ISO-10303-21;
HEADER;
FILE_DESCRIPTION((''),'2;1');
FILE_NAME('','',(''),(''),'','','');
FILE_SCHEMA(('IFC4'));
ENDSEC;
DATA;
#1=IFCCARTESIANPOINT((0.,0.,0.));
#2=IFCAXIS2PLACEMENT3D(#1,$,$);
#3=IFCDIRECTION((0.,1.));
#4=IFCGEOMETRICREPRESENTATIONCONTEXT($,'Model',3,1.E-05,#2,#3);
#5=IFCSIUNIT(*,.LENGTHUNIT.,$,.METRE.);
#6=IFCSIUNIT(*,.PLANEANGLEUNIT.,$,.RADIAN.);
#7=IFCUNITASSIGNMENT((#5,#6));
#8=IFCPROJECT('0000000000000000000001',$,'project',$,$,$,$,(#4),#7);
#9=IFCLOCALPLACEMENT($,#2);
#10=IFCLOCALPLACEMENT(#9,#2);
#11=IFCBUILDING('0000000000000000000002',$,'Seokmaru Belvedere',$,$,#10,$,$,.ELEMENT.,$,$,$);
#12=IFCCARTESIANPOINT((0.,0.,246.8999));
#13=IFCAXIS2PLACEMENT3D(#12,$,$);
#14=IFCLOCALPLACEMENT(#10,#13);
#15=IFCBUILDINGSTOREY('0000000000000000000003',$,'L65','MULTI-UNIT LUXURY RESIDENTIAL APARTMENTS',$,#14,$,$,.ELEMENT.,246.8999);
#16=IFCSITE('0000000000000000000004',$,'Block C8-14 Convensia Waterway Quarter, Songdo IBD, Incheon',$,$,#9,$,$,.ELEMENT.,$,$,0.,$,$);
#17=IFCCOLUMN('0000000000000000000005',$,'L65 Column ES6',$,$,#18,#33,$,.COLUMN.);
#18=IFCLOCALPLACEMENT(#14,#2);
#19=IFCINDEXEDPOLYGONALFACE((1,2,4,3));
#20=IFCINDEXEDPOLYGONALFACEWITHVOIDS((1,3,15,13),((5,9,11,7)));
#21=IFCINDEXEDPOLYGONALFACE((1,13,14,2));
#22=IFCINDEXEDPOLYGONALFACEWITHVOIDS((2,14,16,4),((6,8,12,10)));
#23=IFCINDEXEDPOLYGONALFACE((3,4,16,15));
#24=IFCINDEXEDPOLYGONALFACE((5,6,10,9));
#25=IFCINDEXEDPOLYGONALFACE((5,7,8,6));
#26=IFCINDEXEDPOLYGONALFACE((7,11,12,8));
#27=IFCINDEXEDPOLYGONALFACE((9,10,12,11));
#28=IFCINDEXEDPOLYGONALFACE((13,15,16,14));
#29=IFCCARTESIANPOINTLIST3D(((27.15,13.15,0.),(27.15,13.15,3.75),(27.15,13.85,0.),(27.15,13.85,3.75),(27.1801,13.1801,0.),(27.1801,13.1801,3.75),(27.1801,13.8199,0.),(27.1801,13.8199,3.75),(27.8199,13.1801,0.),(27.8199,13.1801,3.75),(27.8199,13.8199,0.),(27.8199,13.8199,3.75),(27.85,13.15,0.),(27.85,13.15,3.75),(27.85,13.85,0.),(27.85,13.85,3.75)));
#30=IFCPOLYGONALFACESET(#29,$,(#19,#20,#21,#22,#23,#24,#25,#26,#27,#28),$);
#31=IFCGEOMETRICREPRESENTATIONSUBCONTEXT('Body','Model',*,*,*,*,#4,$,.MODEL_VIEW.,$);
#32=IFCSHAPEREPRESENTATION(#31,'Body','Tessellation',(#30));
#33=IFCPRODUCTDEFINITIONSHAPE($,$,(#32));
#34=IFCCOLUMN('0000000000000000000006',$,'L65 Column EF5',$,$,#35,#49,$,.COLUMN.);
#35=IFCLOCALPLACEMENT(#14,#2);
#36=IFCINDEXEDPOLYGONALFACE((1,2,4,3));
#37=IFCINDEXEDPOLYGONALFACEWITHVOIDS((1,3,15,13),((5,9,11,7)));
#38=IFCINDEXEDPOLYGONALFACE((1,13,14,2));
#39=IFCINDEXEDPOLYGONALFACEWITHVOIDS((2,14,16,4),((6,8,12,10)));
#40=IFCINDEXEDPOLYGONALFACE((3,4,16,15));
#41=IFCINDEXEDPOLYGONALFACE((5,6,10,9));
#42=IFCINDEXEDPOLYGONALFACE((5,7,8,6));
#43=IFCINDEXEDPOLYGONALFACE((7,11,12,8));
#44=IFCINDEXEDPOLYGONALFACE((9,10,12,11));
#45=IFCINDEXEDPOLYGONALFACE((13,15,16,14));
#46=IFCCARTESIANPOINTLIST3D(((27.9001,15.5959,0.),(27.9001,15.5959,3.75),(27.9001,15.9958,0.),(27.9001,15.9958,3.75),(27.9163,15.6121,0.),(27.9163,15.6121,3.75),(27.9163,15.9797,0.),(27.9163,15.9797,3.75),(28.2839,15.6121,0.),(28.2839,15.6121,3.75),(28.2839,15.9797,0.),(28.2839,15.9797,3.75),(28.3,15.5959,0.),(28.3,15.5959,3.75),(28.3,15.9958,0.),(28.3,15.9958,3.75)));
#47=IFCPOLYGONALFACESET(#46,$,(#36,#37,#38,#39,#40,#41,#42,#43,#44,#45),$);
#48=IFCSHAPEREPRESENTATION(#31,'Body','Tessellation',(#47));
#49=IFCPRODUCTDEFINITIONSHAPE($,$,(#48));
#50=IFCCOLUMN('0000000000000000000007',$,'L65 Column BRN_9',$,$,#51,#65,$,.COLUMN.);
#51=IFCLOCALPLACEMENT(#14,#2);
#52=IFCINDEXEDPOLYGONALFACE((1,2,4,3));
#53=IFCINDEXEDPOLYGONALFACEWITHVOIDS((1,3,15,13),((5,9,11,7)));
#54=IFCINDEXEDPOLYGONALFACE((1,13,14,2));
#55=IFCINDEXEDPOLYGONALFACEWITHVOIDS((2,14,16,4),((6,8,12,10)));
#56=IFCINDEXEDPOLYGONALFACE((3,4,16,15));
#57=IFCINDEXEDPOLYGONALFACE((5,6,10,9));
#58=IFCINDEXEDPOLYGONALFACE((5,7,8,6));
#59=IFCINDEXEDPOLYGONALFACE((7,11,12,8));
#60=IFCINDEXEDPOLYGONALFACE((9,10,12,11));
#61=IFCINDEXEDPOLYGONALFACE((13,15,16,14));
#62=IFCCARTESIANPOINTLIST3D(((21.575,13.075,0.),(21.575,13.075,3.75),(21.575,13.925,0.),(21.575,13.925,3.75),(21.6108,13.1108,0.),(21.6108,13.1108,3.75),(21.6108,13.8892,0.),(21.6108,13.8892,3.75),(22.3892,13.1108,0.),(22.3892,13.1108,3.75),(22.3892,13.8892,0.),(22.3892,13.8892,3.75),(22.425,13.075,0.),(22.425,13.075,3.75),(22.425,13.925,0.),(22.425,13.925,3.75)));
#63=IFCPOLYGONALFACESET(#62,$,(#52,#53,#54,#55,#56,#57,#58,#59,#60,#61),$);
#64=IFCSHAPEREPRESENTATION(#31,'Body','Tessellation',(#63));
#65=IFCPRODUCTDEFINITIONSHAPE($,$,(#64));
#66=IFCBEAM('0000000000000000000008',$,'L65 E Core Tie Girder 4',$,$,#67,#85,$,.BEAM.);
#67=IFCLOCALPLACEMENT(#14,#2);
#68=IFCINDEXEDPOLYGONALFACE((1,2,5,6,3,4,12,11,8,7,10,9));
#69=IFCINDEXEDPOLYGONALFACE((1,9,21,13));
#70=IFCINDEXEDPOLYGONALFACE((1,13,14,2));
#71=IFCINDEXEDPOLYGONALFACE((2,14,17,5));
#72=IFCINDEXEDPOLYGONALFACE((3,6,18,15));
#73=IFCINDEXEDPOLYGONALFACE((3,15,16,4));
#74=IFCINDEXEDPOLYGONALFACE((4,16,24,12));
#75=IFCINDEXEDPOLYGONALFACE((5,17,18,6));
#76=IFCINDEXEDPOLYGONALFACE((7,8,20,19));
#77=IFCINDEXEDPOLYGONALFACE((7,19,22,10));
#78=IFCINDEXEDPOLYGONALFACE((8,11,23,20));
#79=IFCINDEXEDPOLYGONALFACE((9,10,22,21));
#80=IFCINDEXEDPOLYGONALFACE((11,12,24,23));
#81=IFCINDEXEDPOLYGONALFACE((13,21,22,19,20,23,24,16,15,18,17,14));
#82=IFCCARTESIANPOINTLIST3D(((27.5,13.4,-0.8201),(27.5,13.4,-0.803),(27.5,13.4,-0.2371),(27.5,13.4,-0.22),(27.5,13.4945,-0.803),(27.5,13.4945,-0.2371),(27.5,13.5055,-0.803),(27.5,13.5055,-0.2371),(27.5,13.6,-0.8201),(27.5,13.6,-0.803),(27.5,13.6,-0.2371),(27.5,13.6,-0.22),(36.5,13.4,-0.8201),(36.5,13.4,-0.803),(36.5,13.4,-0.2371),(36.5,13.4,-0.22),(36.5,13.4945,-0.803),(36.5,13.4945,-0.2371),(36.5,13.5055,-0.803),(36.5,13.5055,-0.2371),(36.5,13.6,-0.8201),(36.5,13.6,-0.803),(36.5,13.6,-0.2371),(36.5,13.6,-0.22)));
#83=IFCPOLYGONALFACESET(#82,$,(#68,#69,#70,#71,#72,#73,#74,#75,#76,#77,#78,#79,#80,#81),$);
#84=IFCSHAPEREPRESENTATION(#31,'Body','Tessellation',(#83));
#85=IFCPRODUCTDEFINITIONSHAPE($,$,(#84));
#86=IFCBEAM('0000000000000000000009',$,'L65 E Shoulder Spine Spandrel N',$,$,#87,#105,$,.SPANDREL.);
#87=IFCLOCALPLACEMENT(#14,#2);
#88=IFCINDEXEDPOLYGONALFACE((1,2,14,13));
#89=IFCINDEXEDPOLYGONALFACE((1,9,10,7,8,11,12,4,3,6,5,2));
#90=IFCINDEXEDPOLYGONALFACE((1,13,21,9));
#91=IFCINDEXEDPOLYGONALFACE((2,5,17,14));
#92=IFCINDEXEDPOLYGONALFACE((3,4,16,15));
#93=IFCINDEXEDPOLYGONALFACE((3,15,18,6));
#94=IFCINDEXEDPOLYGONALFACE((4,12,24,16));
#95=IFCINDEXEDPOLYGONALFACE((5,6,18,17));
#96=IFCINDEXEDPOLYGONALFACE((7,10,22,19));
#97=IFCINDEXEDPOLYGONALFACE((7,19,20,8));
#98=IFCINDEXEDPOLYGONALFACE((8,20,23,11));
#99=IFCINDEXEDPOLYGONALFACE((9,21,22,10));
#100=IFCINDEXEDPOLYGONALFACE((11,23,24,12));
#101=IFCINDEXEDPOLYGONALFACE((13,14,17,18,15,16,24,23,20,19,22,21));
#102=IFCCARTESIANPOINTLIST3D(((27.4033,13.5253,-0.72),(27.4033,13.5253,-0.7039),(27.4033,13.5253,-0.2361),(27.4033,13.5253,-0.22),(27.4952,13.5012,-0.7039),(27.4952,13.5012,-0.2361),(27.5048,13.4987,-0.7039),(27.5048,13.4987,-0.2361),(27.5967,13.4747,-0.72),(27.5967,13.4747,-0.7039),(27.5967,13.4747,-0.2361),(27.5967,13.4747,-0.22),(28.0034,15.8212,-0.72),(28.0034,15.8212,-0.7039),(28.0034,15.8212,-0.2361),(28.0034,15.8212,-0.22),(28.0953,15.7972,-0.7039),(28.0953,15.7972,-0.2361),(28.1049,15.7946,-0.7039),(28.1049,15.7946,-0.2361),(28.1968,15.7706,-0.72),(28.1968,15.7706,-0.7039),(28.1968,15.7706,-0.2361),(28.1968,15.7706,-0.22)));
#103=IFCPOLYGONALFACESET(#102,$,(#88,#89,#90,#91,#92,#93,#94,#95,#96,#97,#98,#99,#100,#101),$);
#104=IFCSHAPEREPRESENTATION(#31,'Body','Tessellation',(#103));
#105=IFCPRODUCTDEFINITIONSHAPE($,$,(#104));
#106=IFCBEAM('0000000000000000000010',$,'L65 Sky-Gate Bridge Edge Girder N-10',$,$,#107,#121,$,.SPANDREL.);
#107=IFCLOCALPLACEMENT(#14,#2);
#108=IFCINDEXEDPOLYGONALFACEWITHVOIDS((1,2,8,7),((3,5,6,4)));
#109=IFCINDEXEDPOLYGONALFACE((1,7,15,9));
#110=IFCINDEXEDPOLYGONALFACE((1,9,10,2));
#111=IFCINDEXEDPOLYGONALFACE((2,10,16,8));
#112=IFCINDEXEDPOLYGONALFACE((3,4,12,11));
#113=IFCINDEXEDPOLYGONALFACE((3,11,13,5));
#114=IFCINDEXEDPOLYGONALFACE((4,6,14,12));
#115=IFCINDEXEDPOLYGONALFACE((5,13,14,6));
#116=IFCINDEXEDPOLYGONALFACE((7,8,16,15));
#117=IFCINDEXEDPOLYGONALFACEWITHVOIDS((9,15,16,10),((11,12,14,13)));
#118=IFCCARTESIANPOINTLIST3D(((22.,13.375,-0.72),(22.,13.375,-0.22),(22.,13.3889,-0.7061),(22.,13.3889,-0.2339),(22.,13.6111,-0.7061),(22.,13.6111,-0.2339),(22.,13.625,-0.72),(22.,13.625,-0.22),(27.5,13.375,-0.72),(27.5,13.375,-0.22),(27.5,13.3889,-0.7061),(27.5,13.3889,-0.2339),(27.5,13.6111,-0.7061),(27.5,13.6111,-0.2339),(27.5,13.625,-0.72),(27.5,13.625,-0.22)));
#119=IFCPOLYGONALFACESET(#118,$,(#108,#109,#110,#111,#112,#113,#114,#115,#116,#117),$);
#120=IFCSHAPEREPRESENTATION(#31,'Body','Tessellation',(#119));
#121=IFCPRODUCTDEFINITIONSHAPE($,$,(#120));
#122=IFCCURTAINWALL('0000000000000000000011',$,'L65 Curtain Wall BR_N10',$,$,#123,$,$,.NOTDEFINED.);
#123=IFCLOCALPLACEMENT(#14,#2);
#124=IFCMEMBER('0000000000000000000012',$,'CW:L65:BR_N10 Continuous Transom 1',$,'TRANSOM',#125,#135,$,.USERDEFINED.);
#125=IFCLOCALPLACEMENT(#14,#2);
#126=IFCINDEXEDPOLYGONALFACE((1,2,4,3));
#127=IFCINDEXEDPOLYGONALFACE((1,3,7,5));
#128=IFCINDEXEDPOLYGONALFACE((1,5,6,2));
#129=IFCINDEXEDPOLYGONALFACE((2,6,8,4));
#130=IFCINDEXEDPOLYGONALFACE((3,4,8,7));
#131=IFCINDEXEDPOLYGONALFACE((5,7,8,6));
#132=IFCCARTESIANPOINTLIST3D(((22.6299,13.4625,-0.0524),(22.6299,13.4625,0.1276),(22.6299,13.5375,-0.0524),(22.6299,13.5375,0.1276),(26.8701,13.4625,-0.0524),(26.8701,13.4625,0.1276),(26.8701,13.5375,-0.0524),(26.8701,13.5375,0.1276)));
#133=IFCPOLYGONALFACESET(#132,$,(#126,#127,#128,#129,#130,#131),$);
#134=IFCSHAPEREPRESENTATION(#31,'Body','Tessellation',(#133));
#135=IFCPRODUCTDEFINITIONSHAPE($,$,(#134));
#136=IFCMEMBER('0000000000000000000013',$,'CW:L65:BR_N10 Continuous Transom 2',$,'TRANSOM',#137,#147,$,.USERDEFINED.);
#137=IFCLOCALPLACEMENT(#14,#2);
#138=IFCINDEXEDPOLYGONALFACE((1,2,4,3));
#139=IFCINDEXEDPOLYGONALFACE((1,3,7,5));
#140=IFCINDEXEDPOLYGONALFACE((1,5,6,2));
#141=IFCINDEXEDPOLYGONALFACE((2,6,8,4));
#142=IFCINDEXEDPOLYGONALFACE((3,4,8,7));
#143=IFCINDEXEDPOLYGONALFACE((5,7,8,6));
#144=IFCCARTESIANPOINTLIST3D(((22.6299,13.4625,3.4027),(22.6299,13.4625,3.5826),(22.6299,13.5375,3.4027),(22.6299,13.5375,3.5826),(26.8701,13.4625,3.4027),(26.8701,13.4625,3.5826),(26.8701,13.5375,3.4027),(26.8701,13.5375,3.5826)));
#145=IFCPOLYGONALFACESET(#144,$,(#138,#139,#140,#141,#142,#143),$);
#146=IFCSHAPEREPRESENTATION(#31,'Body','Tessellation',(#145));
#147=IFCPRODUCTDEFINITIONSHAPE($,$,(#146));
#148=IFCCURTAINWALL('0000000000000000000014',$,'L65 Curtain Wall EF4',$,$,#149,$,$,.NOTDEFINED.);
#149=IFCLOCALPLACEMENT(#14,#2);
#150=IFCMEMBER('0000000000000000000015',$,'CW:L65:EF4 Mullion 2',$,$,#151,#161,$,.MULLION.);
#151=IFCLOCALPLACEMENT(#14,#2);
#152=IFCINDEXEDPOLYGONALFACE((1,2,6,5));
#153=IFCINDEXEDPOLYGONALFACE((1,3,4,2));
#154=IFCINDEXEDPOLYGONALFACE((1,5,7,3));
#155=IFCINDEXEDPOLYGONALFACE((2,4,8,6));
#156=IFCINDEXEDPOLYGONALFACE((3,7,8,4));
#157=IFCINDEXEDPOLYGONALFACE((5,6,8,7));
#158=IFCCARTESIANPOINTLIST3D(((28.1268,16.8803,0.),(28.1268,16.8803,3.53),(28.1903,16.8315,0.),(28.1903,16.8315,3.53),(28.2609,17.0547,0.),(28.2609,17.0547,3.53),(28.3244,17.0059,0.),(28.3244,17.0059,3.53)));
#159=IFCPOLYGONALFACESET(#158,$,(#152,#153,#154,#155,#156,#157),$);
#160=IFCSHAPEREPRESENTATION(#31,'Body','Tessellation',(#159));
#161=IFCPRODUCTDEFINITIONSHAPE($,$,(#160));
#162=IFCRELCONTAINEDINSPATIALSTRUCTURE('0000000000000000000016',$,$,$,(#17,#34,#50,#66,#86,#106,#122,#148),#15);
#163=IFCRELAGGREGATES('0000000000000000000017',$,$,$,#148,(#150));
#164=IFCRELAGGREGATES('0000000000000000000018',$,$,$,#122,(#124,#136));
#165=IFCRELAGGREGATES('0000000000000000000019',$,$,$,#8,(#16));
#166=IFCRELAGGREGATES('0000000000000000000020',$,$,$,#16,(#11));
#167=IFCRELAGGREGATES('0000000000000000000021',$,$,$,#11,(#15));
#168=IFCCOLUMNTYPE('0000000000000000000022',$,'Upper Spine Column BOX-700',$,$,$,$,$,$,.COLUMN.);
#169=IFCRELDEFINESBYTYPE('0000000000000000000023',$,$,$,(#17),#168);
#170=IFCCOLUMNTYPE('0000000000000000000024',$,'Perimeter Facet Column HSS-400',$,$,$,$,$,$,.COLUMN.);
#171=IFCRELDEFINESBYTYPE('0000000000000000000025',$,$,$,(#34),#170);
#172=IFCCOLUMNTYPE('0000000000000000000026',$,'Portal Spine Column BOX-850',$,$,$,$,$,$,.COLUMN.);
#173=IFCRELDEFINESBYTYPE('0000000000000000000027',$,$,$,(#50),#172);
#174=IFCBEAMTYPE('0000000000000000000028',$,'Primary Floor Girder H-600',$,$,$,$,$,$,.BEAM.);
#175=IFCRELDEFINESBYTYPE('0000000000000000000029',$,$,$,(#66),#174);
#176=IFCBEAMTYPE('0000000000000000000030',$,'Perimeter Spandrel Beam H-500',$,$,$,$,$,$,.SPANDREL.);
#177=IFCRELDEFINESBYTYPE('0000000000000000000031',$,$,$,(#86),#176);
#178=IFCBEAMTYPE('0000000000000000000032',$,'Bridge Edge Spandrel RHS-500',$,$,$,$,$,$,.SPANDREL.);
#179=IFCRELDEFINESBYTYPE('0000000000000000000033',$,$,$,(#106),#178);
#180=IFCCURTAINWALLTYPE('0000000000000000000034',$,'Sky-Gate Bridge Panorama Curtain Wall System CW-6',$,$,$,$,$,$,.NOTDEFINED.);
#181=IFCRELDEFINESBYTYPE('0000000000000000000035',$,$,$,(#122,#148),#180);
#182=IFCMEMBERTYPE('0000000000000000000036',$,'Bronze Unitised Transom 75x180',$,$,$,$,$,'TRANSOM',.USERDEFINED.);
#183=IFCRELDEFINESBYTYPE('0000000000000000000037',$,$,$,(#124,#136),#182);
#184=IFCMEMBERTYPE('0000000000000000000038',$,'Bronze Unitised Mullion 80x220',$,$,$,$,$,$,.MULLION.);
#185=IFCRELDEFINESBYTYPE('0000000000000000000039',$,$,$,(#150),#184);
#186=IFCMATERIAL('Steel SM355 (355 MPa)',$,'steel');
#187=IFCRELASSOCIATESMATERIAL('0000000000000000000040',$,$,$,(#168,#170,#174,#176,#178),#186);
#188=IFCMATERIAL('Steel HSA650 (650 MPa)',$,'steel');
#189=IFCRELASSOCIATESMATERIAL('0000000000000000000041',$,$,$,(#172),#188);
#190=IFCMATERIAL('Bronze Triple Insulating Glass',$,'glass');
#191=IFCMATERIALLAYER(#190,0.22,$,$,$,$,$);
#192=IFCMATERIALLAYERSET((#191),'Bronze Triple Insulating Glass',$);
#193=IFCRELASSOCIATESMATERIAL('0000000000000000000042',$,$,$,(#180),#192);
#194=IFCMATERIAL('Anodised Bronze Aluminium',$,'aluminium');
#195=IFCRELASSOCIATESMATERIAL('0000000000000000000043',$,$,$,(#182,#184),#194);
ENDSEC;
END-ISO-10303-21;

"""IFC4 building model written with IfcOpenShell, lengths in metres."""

from ifc_helpers import new_model, si_unit, direction, frame, origin, origin_2d, place, context, subcontext, project, spatial, rectangle, hollow_rectangle, i_section, extrude, source, transform, mapped, material, layer, layer_set, material_profile, profile_set, type_object, type_shapes, element, aggregate, save


model = new_model("IFC4")

# Units and contexts
model_context = context("Model", 3, precision=1e-05, world=origin(), true_north=direction((0.0, 1.0)))
body_context = subcontext(model_context, "Body", "Model", "MODEL_VIEW")
ifc_project = project(units=[si_unit("LENGTHUNIT", "METRE"), si_unit("PLANEANGLEUNIT", "RADIAN")], contexts=[model_context])

# Site, building, storey
site_placement = place(None, origin())
site = spatial("IfcSite", under=ifc_project, at=site_placement, Name="Block C8-14 Convensia Waterway Quarter, Songdo IBD, Incheon", CompositionType="ELEMENT", RefElevation=0.0)
building_placement = place(site_placement, origin())
building = spatial("IfcBuilding", under=site, at=building_placement, Name="Seokmaru Belvedere", CompositionType="ELEMENT")
storey_placement = place(building_placement, frame((0.0, 0.0, 246.8999)))
storey = spatial("IfcBuildingStorey", under=building, at=storey_placement, Name="L65", Description="MULTI-UNIT LUXURY RESIDENTIAL APARTMENTS", CompositionType="ELEMENT", Elevation=246.8999)

# Columns
ifc_material_1 = material(Name="Steel SM355 (355 MPa)", Category="steel")
ifc_material_profile_1 = material_profile(ifc_material_1, hollow_rectangle(XDim=0.7, YDim=0.7, WallThickness=0.03, at=origin_2d()), Name="BOX-700x700x30")
ifc_profile_set_1 = profile_set([ifc_material_profile_1], Name="Steel SM355 (355 MPa)")
column_type_1 = type_object("IfcColumnType", Name="Upper Spine Column BOX-700", PredefinedType="COLUMN", material=ifc_profile_set_1)
shared_shape_1 = source(origin(), body_context, "Body", "SweptSolid", [
    extrude(hollow_rectangle(XDim=0.7, YDim=0.7, WallThickness=0.03, at=origin_2d()), origin(), (0.0, 0.0, 1.0), 3.75),
])
type_shapes(column_type_1, [shared_shape_1])
column_1_placement = place(storey_placement, frame((27.5, 13.5, 0.0), z_axis=(0.0, 0.0, 1.0), x_axis=(1.0, 0.0, 0.0)))
element("IfcColumn", 1, at=column_1_placement, inside=storey, type_object=column_type_1, Name="L65 Column ES6", PredefinedType="COLUMN", context=body_context, shape_type="MappedRepresentation", body=[
    mapped(shared_shape_1, transform((0.0, 0.0, 0.0), scale=1.0)),
])
ifc_material_profile_2 = material_profile(ifc_material_1, hollow_rectangle(XDim=0.3999, YDim=0.3999, WallThickness=0.0161, at=origin_2d()), Name="HSS-400x400x16")
ifc_profile_set_2 = profile_set([ifc_material_profile_2], Name="Steel SM355 (355 MPa)")
column_type_2 = type_object("IfcColumnType", Name="Perimeter Facet Column HSS-400", PredefinedType="COLUMN", material=ifc_profile_set_2)
shared_shape_2 = source(origin(), body_context, "Body", "SweptSolid", [
    extrude(hollow_rectangle(XDim=0.3999, YDim=0.3999, WallThickness=0.0161, at=origin_2d()), origin(), (0.0, 0.0, 1.0), 3.75),
])
type_shapes(column_type_2, [shared_shape_2])
column_2_placement = place(storey_placement, frame((28.1001, 15.7959, 0.0), z_axis=(0.0, 0.0, 1.0), x_axis=(1.0, 0.0, 0.0)))
element("IfcColumn", 2, at=column_2_placement, inside=storey, type_object=column_type_2, Name="L65 Column EF5", PredefinedType="COLUMN", context=body_context, shape_type="MappedRepresentation", body=[
    mapped(shared_shape_2, transform((0.0, 0.0, 0.0), scale=1.0)),
])
ifc_material_2 = material(Name="Steel HSA650 (650 MPa)", Category="steel")
ifc_material_profile_3 = material_profile(ifc_material_2, hollow_rectangle(XDim=0.8501, YDim=0.8501, WallThickness=0.0359, at=origin_2d()), Name="BOX-850x850x36")
ifc_profile_set_3 = profile_set([ifc_material_profile_3], Name="Steel HSA650 (650 MPa)")
column_type_3 = type_object("IfcColumnType", Name="Portal Spine Column BOX-850", PredefinedType="COLUMN", material=ifc_profile_set_3)
shared_shape_3 = source(origin(), body_context, "Body", "SweptSolid", [
    extrude(hollow_rectangle(XDim=0.8501, YDim=0.8501, WallThickness=0.0359, at=origin_2d()), origin(), (0.0, 0.0, 1.0), 3.75),
])
type_shapes(column_type_3, [shared_shape_3])
column_3_placement = place(storey_placement, frame((22.0, 13.5, 0.0), z_axis=(0.0, 0.0, 1.0), x_axis=(1.0, 0.0, 0.0)))
element("IfcColumn", 3, at=column_3_placement, inside=storey, type_object=column_type_3, Name="L65 Column BRN_9", PredefinedType="COLUMN", context=body_context, shape_type="MappedRepresentation", body=[
    mapped(shared_shape_3, transform((0.0, 0.0, 0.0), scale=1.0)),
])

# Beams
ifc_material_profile_4 = material_profile(ifc_material_1, i_section(OverallWidth=0.2, OverallDepth=0.6001, WebThickness=0.011, FlangeThickness=0.0171, at=origin_2d()), Name="H-600x200x11x17")
ifc_profile_set_4 = profile_set([ifc_material_profile_4], Name="Steel SM355 (355 MPa)")
beam_type_1 = type_object("IfcBeamType", Name="Primary Floor Girder H-600", PredefinedType="BEAM", material=ifc_profile_set_4)
shared_shape_4 = source(origin(), body_context, "Body", "SweptSolid", [
    extrude(i_section(OverallWidth=0.2, OverallDepth=0.6001, WebThickness=0.011, FlangeThickness=0.0171, at=origin_2d()), origin(), (0.0, 0.0, 1.0), 9.0),
])
type_shapes(beam_type_1, [shared_shape_4])
beam_1_placement = place(storey_placement, frame((27.5, 13.5, -0.52), z_axis=(1.0, 0.0, 0.0), x_axis=(0.0, 1.0, 0.0)))
element("IfcBeam", 4, at=beam_1_placement, inside=storey, type_object=beam_type_1, Name="L65 E Core Tie Girder 4", PredefinedType="BEAM", context=body_context, shape_type="MappedRepresentation", body=[
    mapped(shared_shape_4, transform((0.0, 0.0, 0.0), scale=1.0)),
])
ifc_material_profile_5 = material_profile(ifc_material_1, i_section(OverallWidth=0.2, OverallDepth=0.5, WebThickness=0.01, FlangeThickness=0.0161, at=origin_2d()), Name="H-500x200x10x16")
ifc_profile_set_5 = profile_set([ifc_material_profile_5], Name="Steel SM355 (355 MPa)")
beam_type_2 = type_object("IfcBeamType", Name="Perimeter Spandrel Beam H-500", PredefinedType="SPANDREL", material=ifc_profile_set_5)
shared_shape_5 = source(origin(), body_context, "Body", "SweptSolid", [
    extrude(i_section(OverallWidth=0.2, OverallDepth=0.5, WebThickness=0.01, FlangeThickness=0.0161, at=origin_2d()), origin(), (0.0, 0.0, 1.0), 2.373),
])
type_shapes(beam_type_2, [shared_shape_5])
beam_2_placement = place(storey_placement, frame((28.1001, 15.7959, -0.47), z_axis=(-0.252883, -0.967497, 0.0), x_axis=(0.967497, -0.252883, 0.0)))
element("IfcBeam", 5, at=beam_2_placement, inside=storey, type_object=beam_type_2, Name="L65 E Shoulder Spine Spandrel N", PredefinedType="SPANDREL", context=body_context, shape_type="MappedRepresentation", body=[
    mapped(shared_shape_5, transform((0.0, 0.0, 0.0), scale=1.0)),
])
ifc_material_profile_6 = material_profile(ifc_material_1, hollow_rectangle(XDim=0.25, YDim=0.5, WallThickness=0.0139, at=origin_2d()), Name="RHS-500x250x14")
ifc_profile_set_6 = profile_set([ifc_material_profile_6], Name="Steel SM355 (355 MPa)")
beam_type_3 = type_object("IfcBeamType", Name="Bridge Edge Spandrel RHS-500", PredefinedType="SPANDREL", material=ifc_profile_set_6)
shared_shape_6 = source(origin(), body_context, "Body", "SweptSolid", [
    extrude(hollow_rectangle(XDim=0.25, YDim=0.5, WallThickness=0.0139, at=origin_2d()), origin(), (0.0, 0.0, 1.0), 5.5),
])
type_shapes(beam_type_3, [shared_shape_6])
beam_3_placement = place(storey_placement, frame((22.0, 13.5, -0.47), z_axis=(1.0, 0.0, 0.0), x_axis=(0.0, 1.0, 0.0)))
element("IfcBeam", 6, at=beam_3_placement, inside=storey, type_object=beam_type_3, Name="L65 Sky-Gate Bridge Edge Girder N-10", PredefinedType="SPANDREL", context=body_context, shape_type="MappedRepresentation", body=[
    mapped(shared_shape_6, transform((0.0, 0.0, 0.0), scale=1.0)),
])

# Curtain wall, members
ifc_material_3 = material(Name="Bronze Triple Insulating Glass", Category="glass")
ifc_layer_1 = layer(ifc_material_3, 0.22)
ifc_layer_set_1 = layer_set([ifc_layer_1], Name="Bronze Triple Insulating Glass")
curtain_wall_type = type_object("IfcCurtainWallType", Name="Sky-Gate Bridge Panorama Curtain Wall System CW-6", PredefinedType="NOTDEFINED", material=ifc_layer_set_1)
curtain_wall_1_placement = place(storey_placement, origin())
curtain_wall_1 = element("IfcCurtainWall", 7, at=curtain_wall_1_placement, inside=storey, type_object=curtain_wall_type, Name="L65 Curtain Wall BR_N10", PredefinedType="NOTDEFINED")
ifc_material_4 = material(Name="Anodised Bronze Aluminium", Category="aluminium")
ifc_material_profile_7 = material_profile(ifc_material_4, rectangle(XDim=0.075, YDim=0.1799, at=origin_2d()), Name="CW-T-75x180")
ifc_profile_set_7 = profile_set([ifc_material_profile_7], Name="Anodised Bronze Aluminium")
member_type_1 = type_object("IfcMemberType", Name="Bronze Unitised Transom 75x180", ElementType="TRANSOM", PredefinedType="USERDEFINED", material=ifc_profile_set_7)
shared_shape_7 = source(origin(), body_context, "Body", "SweptSolid", [
    extrude(rectangle(XDim=0.075, YDim=0.1799, at=origin_2d()), origin(), (0.0, 0.0, 1.0), 4.2402),
])
type_shapes(member_type_1, [shared_shape_7])
member_1_placement = place(storey_placement, frame((26.8701, 13.5, 0.0376), z_axis=(-1.0, 0.0, 0.0), x_axis=(0.0, -1.0, 0.0)))
member_1 = element("IfcMember", 8, at=member_1_placement, type_object=member_type_1, Name="CW:L65:BR_N10 Continuous Transom 1", ObjectType="TRANSOM", PredefinedType="USERDEFINED", context=body_context, shape_type="MappedRepresentation", body=[
    mapped(shared_shape_7, transform((0.0, 0.0, 0.0), scale=1.0)),
])
member_2_placement = place(storey_placement, frame((26.8701, 13.5, 3.4927), z_axis=(-1.0, 0.0, 0.0), x_axis=(0.0, -1.0, 0.0)))
member_2 = element("IfcMember", 9, at=member_2_placement, type_object=member_type_1, Name="CW:L65:BR_N10 Continuous Transom 2", ObjectType="TRANSOM", PredefinedType="USERDEFINED", context=body_context, shape_type="MappedRepresentation", body=[
    mapped(shared_shape_7, transform((0.0, 0.0, 0.0), scale=1.0)),
])

# Curtain wall, member
curtain_wall_2_placement = place(storey_placement, origin())
curtain_wall_2 = element("IfcCurtainWall", 10, at=curtain_wall_2_placement, inside=storey, type_object=curtain_wall_type, Name="L65 Curtain Wall EF4", PredefinedType="NOTDEFINED")
ifc_material_profile_8 = material_profile(ifc_material_4, rectangle(XDim=0.0801, YDim=0.22, at=origin_2d()), Name="CW-M-80x220")
ifc_profile_set_8 = profile_set([ifc_material_profile_8], Name="Anodised Bronze Aluminium")
member_type_2 = type_object("IfcMemberType", Name="Bronze Unitised Mullion 80x220", PredefinedType="MULLION", material=ifc_profile_set_8)
shared_shape_8 = source(origin(), body_context, "Body", "SweptSolid", [
    extrude(rectangle(XDim=0.0801, YDim=0.22, at=origin_2d()), origin(), (0.0, 0.0, 1.0), 3.53),
])
type_shapes(member_type_2, [shared_shape_8])
member_3_placement = place(storey_placement, frame((28.2256, 16.9431, 0.0), z_axis=(0.0, 0.0, 1.0), x_axis=(0.792631, -0.609701, 0.0)))
member_3 = element("IfcMember", 11, at=member_3_placement, type_object=member_type_2, Name="CW:L65:EF4 Mullion 2", PredefinedType="MULLION", context=body_context, shape_type="MappedRepresentation", body=[
    mapped(shared_shape_8, transform((0.0, 0.0, 0.0), scale=1.0)),
])

aggregate(curtain_wall_2, [member_3])
aggregate(curtain_wall_1, [member_1, member_2])

save(model, "model.ifc")
